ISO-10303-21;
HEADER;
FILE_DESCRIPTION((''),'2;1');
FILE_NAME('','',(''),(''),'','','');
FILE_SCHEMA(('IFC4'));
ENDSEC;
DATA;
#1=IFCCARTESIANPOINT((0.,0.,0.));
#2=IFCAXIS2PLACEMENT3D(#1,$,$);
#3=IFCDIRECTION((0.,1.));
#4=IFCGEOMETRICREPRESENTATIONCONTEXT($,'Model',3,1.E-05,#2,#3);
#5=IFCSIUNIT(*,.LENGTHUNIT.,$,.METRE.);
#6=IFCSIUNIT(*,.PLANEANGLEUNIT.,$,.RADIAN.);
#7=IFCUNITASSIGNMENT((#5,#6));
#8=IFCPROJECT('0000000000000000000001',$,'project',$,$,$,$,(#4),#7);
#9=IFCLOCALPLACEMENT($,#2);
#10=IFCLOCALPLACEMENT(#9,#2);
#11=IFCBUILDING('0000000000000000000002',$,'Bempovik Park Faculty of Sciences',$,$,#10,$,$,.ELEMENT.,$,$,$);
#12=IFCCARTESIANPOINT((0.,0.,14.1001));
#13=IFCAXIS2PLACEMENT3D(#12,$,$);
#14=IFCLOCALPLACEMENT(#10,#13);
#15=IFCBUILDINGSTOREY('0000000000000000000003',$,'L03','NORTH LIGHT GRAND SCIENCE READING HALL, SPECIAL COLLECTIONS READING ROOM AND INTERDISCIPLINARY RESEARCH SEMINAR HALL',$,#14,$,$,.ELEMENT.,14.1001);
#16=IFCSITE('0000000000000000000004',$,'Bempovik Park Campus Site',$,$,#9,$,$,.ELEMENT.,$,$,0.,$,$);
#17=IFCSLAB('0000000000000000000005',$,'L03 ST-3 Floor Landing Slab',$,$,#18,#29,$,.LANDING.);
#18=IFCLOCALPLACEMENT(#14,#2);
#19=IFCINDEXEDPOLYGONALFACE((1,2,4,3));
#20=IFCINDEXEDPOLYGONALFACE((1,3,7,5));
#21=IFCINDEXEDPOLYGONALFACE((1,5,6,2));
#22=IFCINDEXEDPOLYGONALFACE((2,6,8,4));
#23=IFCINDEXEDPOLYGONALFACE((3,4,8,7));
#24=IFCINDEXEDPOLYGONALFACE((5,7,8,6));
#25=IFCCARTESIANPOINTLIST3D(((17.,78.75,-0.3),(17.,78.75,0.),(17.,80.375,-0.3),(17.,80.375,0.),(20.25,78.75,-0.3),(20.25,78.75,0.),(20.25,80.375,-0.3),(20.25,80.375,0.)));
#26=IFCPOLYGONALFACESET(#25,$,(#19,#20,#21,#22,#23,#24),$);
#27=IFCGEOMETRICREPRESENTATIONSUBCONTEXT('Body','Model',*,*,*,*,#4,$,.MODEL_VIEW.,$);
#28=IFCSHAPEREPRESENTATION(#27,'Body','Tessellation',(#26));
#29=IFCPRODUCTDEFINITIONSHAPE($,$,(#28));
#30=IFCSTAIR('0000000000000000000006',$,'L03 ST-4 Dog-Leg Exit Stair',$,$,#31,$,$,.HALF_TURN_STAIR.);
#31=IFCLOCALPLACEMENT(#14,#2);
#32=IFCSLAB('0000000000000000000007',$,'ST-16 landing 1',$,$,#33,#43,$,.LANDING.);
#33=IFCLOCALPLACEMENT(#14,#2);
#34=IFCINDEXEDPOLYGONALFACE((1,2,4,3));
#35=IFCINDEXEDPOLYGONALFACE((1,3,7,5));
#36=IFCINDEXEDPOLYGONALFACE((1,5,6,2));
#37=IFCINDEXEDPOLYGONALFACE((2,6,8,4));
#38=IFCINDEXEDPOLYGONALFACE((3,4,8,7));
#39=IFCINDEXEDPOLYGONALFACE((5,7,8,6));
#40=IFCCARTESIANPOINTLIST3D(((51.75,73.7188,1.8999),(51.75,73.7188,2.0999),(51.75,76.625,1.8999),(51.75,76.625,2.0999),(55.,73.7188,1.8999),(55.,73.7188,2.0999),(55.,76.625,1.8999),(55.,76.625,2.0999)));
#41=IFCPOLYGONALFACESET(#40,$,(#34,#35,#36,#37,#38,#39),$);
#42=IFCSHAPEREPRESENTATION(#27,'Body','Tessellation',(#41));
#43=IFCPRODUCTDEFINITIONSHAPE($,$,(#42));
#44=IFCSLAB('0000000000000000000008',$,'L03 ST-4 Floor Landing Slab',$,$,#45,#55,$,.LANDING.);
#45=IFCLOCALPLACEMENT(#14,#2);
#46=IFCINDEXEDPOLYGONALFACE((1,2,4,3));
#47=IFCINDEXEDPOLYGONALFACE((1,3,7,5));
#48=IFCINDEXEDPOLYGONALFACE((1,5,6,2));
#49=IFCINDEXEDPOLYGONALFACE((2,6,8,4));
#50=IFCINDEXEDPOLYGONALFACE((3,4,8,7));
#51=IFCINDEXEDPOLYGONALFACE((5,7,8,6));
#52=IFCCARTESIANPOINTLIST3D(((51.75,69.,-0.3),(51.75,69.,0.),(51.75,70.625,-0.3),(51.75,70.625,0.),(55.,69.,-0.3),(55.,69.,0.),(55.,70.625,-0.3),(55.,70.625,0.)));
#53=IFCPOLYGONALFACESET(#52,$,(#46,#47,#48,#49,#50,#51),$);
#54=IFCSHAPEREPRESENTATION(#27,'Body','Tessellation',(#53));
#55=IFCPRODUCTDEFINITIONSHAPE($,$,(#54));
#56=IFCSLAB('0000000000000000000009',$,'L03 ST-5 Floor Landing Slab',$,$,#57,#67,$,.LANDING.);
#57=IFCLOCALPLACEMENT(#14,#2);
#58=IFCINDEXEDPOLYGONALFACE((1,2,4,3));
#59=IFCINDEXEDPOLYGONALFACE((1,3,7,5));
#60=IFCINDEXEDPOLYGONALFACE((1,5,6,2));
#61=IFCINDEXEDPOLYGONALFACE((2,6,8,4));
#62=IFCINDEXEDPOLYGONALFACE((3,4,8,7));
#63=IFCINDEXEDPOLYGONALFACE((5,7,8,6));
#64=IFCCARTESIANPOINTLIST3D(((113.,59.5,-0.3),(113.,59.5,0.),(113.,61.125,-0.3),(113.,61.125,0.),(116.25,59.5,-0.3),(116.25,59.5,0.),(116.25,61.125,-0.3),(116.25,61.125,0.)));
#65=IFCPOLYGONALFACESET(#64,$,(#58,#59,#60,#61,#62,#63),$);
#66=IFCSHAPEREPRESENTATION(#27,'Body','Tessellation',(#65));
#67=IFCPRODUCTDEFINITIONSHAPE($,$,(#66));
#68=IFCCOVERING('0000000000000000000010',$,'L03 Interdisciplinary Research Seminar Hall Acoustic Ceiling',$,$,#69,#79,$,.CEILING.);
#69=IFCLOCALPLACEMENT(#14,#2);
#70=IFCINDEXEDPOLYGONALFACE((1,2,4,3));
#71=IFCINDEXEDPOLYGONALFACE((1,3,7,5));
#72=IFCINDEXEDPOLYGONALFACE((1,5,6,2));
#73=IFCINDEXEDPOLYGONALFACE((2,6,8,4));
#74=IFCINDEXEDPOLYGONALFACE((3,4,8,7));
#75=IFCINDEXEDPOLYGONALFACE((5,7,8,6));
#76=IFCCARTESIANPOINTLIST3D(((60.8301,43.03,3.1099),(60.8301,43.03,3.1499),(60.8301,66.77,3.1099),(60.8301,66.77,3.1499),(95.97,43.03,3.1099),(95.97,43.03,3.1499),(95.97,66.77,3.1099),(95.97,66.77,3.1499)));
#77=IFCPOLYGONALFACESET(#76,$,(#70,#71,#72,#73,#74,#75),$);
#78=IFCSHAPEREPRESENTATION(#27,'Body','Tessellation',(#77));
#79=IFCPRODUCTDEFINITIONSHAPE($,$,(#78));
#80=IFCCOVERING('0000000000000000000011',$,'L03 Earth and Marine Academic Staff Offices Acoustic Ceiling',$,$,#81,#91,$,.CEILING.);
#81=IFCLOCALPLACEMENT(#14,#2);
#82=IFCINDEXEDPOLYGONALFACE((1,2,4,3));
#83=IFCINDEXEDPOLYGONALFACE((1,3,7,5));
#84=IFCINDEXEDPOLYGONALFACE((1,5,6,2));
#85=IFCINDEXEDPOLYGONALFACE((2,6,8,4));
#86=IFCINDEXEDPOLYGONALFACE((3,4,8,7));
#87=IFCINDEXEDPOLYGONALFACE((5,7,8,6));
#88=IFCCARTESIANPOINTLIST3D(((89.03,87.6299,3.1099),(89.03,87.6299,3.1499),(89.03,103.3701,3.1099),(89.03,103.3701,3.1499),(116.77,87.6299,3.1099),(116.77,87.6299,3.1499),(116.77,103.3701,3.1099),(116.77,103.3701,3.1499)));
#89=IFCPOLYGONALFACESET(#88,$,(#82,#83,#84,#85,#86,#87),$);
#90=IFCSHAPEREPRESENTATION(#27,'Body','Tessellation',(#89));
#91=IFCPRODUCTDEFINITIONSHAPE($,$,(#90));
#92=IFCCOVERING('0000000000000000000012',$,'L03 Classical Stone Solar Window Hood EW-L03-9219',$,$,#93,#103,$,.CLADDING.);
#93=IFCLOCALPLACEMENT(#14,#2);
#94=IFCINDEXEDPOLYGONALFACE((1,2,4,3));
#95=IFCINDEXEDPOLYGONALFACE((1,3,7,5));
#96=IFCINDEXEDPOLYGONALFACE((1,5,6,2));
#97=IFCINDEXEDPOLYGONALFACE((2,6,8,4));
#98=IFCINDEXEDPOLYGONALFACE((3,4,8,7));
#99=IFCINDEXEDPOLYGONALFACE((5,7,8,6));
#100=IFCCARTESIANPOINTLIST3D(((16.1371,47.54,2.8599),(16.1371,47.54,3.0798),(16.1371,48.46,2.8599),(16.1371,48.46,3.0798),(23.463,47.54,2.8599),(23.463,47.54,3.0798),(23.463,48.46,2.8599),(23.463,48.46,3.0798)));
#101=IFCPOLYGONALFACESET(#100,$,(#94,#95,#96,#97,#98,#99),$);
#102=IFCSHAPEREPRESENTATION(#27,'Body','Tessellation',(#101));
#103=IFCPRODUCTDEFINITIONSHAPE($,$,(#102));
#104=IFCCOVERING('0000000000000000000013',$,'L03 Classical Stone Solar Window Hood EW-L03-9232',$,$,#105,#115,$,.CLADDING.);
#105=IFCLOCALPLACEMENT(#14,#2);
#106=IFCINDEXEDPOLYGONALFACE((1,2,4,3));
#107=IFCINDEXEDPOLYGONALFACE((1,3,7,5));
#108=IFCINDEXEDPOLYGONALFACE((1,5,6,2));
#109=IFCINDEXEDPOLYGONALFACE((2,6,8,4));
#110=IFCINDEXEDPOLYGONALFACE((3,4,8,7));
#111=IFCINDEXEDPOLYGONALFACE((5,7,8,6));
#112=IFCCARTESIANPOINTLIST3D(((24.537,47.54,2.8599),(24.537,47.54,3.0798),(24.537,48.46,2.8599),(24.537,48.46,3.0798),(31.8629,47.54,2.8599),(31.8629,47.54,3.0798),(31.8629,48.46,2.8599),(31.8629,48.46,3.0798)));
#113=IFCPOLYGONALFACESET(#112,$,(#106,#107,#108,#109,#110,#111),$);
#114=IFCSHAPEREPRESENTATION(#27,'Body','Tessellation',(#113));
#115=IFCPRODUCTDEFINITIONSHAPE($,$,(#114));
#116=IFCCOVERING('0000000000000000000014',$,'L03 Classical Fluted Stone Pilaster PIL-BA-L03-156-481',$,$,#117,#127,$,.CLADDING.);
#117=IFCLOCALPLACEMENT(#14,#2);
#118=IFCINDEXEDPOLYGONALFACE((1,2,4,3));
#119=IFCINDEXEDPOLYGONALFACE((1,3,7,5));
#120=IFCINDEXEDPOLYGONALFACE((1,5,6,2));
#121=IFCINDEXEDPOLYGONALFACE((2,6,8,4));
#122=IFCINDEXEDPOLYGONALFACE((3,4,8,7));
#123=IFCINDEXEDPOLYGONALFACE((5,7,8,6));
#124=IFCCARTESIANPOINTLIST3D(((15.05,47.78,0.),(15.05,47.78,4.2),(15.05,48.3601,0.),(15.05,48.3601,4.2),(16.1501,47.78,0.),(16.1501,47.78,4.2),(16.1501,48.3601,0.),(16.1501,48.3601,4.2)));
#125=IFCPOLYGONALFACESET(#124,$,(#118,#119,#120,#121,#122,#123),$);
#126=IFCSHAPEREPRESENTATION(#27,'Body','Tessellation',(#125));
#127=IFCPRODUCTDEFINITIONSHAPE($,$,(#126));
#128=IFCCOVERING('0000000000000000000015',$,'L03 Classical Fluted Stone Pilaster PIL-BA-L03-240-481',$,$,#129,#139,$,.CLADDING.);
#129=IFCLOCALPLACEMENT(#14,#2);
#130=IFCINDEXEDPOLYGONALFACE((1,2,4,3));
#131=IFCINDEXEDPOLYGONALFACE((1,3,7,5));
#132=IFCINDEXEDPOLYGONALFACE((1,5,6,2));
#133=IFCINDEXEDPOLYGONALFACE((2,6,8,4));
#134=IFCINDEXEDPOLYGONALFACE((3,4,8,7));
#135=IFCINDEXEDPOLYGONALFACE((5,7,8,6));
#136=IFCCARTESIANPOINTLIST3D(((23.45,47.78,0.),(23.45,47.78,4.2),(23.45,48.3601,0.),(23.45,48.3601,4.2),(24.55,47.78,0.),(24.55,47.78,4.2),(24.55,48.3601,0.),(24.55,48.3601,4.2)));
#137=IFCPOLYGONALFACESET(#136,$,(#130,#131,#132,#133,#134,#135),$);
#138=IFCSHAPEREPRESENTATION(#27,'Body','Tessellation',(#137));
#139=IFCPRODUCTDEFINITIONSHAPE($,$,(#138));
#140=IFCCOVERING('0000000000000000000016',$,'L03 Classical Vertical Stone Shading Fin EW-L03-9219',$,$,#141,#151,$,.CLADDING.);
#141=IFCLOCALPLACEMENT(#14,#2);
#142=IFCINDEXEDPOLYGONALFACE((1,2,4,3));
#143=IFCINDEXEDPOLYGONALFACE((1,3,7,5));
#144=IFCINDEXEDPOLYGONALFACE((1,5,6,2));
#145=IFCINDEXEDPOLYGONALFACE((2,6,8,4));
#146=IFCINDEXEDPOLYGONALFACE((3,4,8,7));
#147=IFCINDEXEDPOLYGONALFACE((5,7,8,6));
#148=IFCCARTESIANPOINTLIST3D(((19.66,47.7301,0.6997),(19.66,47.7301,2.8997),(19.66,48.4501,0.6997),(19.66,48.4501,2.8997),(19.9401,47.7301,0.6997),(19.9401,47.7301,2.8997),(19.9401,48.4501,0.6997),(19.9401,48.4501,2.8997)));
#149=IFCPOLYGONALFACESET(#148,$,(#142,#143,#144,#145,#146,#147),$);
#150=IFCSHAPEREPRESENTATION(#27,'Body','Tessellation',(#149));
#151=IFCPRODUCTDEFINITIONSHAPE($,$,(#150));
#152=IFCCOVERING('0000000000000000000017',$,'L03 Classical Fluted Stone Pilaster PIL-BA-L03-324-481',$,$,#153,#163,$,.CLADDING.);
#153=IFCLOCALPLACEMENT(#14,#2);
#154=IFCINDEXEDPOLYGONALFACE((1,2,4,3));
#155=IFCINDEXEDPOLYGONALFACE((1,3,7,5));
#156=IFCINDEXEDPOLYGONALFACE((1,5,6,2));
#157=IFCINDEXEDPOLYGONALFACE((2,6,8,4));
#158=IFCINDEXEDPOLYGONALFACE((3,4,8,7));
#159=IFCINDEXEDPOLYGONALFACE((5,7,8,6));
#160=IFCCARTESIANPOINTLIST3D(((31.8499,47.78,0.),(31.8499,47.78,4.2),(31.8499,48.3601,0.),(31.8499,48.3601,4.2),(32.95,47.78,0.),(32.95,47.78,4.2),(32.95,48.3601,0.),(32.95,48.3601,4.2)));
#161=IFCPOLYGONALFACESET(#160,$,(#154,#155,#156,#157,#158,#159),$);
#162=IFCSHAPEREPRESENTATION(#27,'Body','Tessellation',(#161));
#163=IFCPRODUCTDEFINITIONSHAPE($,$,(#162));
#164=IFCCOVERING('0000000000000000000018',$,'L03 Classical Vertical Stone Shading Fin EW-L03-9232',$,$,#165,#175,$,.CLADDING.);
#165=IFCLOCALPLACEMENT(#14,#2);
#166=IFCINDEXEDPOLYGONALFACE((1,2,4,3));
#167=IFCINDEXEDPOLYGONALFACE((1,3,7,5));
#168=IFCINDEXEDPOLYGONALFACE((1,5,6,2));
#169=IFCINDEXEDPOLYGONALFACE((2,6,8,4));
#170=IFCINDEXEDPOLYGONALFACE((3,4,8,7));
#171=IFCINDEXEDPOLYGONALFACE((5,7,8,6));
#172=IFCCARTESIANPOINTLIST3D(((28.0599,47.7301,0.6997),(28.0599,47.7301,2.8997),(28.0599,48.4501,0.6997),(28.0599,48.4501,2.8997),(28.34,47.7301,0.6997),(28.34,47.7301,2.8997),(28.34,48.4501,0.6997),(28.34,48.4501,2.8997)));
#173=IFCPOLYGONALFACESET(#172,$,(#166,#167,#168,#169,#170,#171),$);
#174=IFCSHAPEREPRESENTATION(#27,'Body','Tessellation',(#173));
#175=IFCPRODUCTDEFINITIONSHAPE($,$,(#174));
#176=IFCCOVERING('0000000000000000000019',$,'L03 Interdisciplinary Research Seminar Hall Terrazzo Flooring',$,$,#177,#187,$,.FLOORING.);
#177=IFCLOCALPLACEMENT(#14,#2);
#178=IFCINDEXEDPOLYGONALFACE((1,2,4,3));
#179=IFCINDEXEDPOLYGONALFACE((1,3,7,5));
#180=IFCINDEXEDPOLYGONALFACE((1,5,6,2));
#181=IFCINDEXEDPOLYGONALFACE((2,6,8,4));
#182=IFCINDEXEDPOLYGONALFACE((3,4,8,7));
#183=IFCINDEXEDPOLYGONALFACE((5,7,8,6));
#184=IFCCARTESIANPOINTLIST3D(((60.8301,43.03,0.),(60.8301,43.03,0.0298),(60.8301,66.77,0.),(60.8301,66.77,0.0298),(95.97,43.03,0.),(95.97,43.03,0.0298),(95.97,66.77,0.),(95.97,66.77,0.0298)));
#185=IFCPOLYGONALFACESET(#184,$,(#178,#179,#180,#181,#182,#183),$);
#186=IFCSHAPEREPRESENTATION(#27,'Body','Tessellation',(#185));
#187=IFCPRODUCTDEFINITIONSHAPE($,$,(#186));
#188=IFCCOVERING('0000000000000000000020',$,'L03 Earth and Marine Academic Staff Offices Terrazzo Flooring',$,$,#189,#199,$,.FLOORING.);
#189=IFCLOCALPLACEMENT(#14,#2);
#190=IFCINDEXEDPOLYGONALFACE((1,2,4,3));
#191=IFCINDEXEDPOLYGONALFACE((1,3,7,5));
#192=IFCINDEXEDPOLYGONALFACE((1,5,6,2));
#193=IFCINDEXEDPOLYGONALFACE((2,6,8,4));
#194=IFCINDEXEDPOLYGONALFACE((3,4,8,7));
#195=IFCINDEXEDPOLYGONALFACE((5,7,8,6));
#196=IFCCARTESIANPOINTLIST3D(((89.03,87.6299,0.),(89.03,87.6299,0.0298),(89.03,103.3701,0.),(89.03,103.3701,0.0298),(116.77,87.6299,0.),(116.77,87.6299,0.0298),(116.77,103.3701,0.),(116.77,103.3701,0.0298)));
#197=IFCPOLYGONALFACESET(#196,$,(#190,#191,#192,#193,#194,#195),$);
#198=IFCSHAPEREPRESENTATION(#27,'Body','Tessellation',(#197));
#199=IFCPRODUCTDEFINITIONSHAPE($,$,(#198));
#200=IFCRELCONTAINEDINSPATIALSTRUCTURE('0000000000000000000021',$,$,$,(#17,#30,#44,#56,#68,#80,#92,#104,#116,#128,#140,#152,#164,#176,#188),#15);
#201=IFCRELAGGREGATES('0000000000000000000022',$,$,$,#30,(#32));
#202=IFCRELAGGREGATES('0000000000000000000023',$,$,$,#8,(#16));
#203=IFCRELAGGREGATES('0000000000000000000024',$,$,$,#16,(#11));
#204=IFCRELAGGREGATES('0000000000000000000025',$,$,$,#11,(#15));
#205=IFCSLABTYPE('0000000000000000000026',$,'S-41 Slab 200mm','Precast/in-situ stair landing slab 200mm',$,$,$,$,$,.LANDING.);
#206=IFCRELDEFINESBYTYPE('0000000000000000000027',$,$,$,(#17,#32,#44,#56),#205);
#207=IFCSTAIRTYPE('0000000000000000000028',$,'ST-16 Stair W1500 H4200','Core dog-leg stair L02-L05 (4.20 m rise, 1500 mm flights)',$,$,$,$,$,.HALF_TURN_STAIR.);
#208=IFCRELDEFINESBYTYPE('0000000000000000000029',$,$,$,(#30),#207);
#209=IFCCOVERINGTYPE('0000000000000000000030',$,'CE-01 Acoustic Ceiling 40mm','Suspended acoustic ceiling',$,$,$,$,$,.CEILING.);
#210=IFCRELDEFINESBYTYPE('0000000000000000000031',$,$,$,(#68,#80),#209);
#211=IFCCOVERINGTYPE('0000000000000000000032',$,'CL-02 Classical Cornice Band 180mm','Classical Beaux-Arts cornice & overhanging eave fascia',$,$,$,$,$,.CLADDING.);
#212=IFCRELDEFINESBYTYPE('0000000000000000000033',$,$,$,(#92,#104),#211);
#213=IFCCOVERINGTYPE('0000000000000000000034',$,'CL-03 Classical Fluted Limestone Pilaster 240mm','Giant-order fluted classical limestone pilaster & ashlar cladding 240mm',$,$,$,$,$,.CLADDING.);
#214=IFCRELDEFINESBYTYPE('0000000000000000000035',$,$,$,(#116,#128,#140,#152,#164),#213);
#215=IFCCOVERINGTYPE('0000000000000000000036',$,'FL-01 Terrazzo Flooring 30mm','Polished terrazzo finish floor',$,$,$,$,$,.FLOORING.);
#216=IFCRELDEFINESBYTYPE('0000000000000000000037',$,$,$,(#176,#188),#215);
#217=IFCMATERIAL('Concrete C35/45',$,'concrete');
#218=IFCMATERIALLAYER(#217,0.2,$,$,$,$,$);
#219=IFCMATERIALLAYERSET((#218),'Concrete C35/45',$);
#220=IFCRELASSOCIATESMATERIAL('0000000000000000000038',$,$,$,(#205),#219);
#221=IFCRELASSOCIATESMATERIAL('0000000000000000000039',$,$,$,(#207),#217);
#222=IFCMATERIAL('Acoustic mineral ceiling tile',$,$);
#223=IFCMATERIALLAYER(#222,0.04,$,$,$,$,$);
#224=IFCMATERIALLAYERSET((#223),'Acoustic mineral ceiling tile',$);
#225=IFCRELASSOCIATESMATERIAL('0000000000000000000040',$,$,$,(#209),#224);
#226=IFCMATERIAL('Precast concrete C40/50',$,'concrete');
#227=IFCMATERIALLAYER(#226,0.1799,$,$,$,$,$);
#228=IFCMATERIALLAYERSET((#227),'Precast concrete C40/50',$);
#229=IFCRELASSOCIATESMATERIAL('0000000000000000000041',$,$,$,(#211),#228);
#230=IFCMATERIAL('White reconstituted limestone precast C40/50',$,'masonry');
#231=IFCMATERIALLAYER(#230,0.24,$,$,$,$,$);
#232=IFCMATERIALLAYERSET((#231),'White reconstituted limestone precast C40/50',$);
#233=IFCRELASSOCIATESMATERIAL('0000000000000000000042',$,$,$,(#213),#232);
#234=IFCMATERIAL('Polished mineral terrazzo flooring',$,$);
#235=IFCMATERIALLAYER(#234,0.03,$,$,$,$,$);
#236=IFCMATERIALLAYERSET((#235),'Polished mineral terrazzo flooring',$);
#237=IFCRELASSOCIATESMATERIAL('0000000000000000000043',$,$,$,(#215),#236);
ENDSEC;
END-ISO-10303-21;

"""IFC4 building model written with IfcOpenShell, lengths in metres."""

from ifc_helpers import new_model, si_unit, direction, frame, origin, origin_2d, place, context, subcontext, project, spatial, polyline, rectangle, outline, extrude, material, layer, layer_set, type_object, element, aggregate, save


model = new_model("IFC4")

# Units and contexts
model_context = context("Model", 3, precision=1e-05, world=origin(), true_north=direction((0.0, 1.0)))
body_context = subcontext(model_context, "Body", "Model", "MODEL_VIEW")
ifc_project = project(units=[si_unit("LENGTHUNIT", "METRE"), si_unit("PLANEANGLEUNIT", "RADIAN")], contexts=[model_context])

# Site, building, storey
site_placement = place(None, origin())
site = spatial("IfcSite", under=ifc_project, at=site_placement, Name="Bempovik Park Campus Site", CompositionType="ELEMENT", RefElevation=0.0)
building_placement = place(site_placement, origin())
building = spatial("IfcBuilding", under=site, at=building_placement, Name="Bempovik Park Faculty of Sciences", CompositionType="ELEMENT")
storey_placement = place(building_placement, frame((0.0, 0.0, 14.1001)))
storey = spatial("IfcBuildingStorey", under=building, at=storey_placement, Name="L03", Description="NORTH LIGHT GRAND SCIENCE READING HALL, SPECIAL COLLECTIONS READING ROOM AND INTERDISCIPLINARY RESEARCH SEMINAR HALL", CompositionType="ELEMENT", Elevation=14.1001)

# Slab
ifc_material_1 = material(Name="Concrete C35/45", Category="concrete")
ifc_layer_1 = layer(ifc_material_1, 0.2)
ifc_layer_set_1 = layer_set([ifc_layer_1], Name="Concrete C35/45")
slab_type = type_object("IfcSlabType", Name="S-41 Slab 200mm", Description="Precast/in-situ stair landing slab 200mm", PredefinedType="LANDING", material=ifc_layer_set_1)
slab_1_placement = place(storey_placement, frame((0.0, 0.0, -0.3)))
element("IfcSlab", 1, at=slab_1_placement, inside=storey, type_object=slab_type, Name="L03 ST-3 Floor Landing Slab", PredefinedType="LANDING", context=body_context, shape_type="SweptSolid", body=[
    extrude(outline(polyline([(20.25, 78.75), (20.25, 80.375), (17.0, 80.375), (17.0, 78.75), (20.25, 78.75)])), origin(), (0.0, 0.0, 1.0), 0.3),
])

# Stair, slab
stair_type = type_object("IfcStairType", Name="ST-16 Stair W1500 H4200", Description="Core dog-leg stair L02-L05 (4.20 m rise, 1500 mm flights)", PredefinedType="HALF_TURN_STAIR", material=ifc_material_1)
stair_placement = place(storey_placement, origin())
stair = element("IfcStair", 2, at=stair_placement, inside=storey, type_object=stair_type, Name="L03 ST-4 Dog-Leg Exit Stair", PredefinedType="HALF_TURN_STAIR")
slab_2_placement = place(storey_placement, frame((0.0, 0.0, 1.8999)))
slab_2 = element("IfcSlab", 3, at=slab_2_placement, type_object=slab_type, Name="ST-16 landing 1", PredefinedType="LANDING", context=body_context, shape_type="SweptSolid", body=[
    extrude(outline(polyline([(55.0, 73.7188), (55.0, 76.625), (51.75, 76.625), (51.75, 73.7188), (55.0, 73.7188)])), origin(), (0.0, 0.0, 1.0), 0.2),
])
aggregate(stair, [slab_2])

# Slabs
slab_3_placement = place(storey_placement, frame((0.0, 0.0, -0.3)))
element("IfcSlab", 4, at=slab_3_placement, inside=storey, type_object=slab_type, Name="L03 ST-4 Floor Landing Slab", PredefinedType="LANDING", context=body_context, shape_type="SweptSolid", body=[
    extrude(outline(polyline([(55.0, 69.0), (55.0, 70.625), (51.75, 70.625), (51.75, 69.0), (55.0, 69.0)])), origin(), (0.0, 0.0, 1.0), 0.3),
])
slab_4_placement = place(storey_placement, frame((0.0, 0.0, -0.3)))
element("IfcSlab", 5, at=slab_4_placement, inside=storey, type_object=slab_type, Name="L03 ST-5 Floor Landing Slab", PredefinedType="LANDING", context=body_context, shape_type="SweptSolid", body=[
    extrude(outline(polyline([(116.25, 59.5), (116.25, 61.125), (113.0, 61.125), (113.0, 59.5), (116.25, 59.5)])), origin(), (0.0, 0.0, 1.0), 0.3),
])

# Coverings
ifc_material_2 = material(Name="Acoustic mineral ceiling tile")
ifc_layer_2 = layer(ifc_material_2, 0.04)
ifc_layer_set_2 = layer_set([ifc_layer_2], Name="Acoustic mineral ceiling tile")
covering_type_1 = type_object("IfcCoveringType", Name="CE-01 Acoustic Ceiling 40mm", Description="Suspended acoustic ceiling", PredefinedType="CEILING", material=ifc_layer_set_2)
covering_1_placement = place(storey_placement, frame((0.0, 0.0, 3.1099)))
element("IfcCovering", 6, at=covering_1_placement, inside=storey, type_object=covering_type_1, Name="L03 Interdisciplinary Research Seminar Hall Acoustic Ceiling", PredefinedType="CEILING", context=body_context, shape_type="SweptSolid", body=[
    extrude(outline(polyline([(60.8301, 43.03), (95.97, 43.03), (95.97, 66.77), (60.8301, 66.77), (60.8301, 43.03)])), origin(), (0.0, 0.0, 1.0), 0.04),
])
covering_2_placement = place(storey_placement, frame((0.0, 0.0, 3.1099)))
element("IfcCovering", 7, at=covering_2_placement, inside=storey, type_object=covering_type_1, Name="L03 Earth and Marine Academic Staff Offices Acoustic Ceiling", PredefinedType="CEILING", context=body_context, shape_type="SweptSolid", body=[
    extrude(outline(polyline([(89.03, 87.6299), (116.77, 87.6299), (116.77, 103.3701), (89.03, 103.3701), (89.03, 87.6299)])), origin(), (0.0, 0.0, 1.0), 0.04),
])
ifc_material_3 = material(Name="Precast concrete C40/50", Category="concrete")
ifc_layer_3 = layer(ifc_material_3, 0.1799)
ifc_layer_set_3 = layer_set([ifc_layer_3], Name="Precast concrete C40/50")
covering_type_2 = type_object("IfcCoveringType", Name="CL-02 Classical Cornice Band 180mm", Description="Classical Beaux-Arts cornice & overhanging eave fascia", PredefinedType="CLADDING", material=ifc_layer_set_3)
for number, where, z_axis, x_axis, name in (
    (8, (19.8, 48.0, 2.8599), (0.0, 0.0, 1.0), (1.0, 0.0, 0.0), "L03 Classical Stone Solar Window Hood EW-L03-9219"),
    (9, (28.2, 48.0, 2.8599), (0.0, 0.0, 1.0), (1.0, 0.0, 0.0), "L03 Classical Stone Solar Window Hood EW-L03-9232"),
):
    element("IfcCovering", number, at=place(storey_placement, frame(where, z_axis=z_axis, x_axis=x_axis)), inside=storey, type_object=covering_type_2, Name=name, PredefinedType="CLADDING", context=body_context, shape_type="SweptSolid", body=[
        extrude(rectangle(XDim=7.3259, YDim=0.9199, at=origin_2d()), origin(), (0.0, 0.0, 1.0), 0.22),
    ])
ifc_material_4 = material(Name="White reconstituted limestone precast C40/50", Category="masonry")
ifc_layer_4 = layer(ifc_material_4, 0.24)
ifc_layer_set_4 = layer_set([ifc_layer_4], Name="White reconstituted limestone precast C40/50")
covering_type_3 = type_object("IfcCoveringType", Name="CL-03 Classical Fluted Limestone Pilaster 240mm", Description="Giant-order fluted classical limestone pilaster & ashlar cladding 240mm", PredefinedType="CLADDING", material=ifc_layer_set_4)
for number, where, z_axis, x_axis, name in (
    (10, (15.6001, 48.0701, 0.0), (0.0, 0.0, 1.0), (1.0, 0.0, 0.0), "L03 Classical Fluted Stone Pilaster PIL-BA-L03-156-481"),
    (11, (24.0, 48.0701, 0.0), (0.0, 0.0, 1.0), (1.0, 0.0, 0.0), "L03 Classical Fluted Stone Pilaster PIL-BA-L03-240-481"),
):
    element("IfcCovering", number, at=place(storey_placement, frame(where, z_axis=z_axis, x_axis=x_axis)), inside=storey, type_object=covering_type_3, Name=name, PredefinedType="CLADDING", context=body_context, shape_type="SweptSolid", body=[
        extrude(rectangle(XDim=1.1001, YDim=0.5801, at=origin_2d()), origin(), (0.0, 0.0, 1.0), 4.2),
    ])
covering_3_placement = place(storey_placement, frame((19.8, 48.0901, 0.6997), z_axis=(0.0, 0.0, 1.0), x_axis=(1.0, 0.0, 0.0)))
element("IfcCovering", 12, at=covering_3_placement, inside=storey, type_object=covering_type_3, Name="L03 Classical Vertical Stone Shading Fin EW-L03-9219", PredefinedType="CLADDING", context=body_context, shape_type="SweptSolid", body=[
    extrude(rectangle(XDim=0.28, YDim=0.72, at=origin_2d()), origin(), (0.0, 0.0, 1.0), 2.2),
])
covering_4_placement = place(storey_placement, frame((32.3999, 48.0701, 0.0), z_axis=(0.0, 0.0, 1.0), x_axis=(1.0, 0.0, 0.0)))
element("IfcCovering", 13, at=covering_4_placement, inside=storey, type_object=covering_type_3, Name="L03 Classical Fluted Stone Pilaster PIL-BA-L03-324-481", PredefinedType="CLADDING", context=body_context, shape_type="SweptSolid", body=[
    extrude(rectangle(XDim=1.1001, YDim=0.5801, at=origin_2d()), origin(), (0.0, 0.0, 1.0), 4.2),
])
covering_5_placement = place(storey_placement, frame((28.2, 48.0901, 0.6997), z_axis=(0.0, 0.0, 1.0), x_axis=(1.0, 0.0, 0.0)))
element("IfcCovering", 14, at=covering_5_placement, inside=storey, type_object=covering_type_3, Name="L03 Classical Vertical Stone Shading Fin EW-L03-9232", PredefinedType="CLADDING", context=body_context, shape_type="SweptSolid", body=[
    extrude(rectangle(XDim=0.28, YDim=0.72, at=origin_2d()), origin(), (0.0, 0.0, 1.0), 2.2),
])
ifc_material_5 = material(Name="Polished mineral terrazzo flooring")
ifc_layer_5 = layer(ifc_material_5, 0.03)
ifc_layer_set_5 = layer_set([ifc_layer_5], Name="Polished mineral terrazzo flooring")
covering_type_4 = type_object("IfcCoveringType", Name="FL-01 Terrazzo Flooring 30mm", Description="Polished terrazzo finish floor", PredefinedType="FLOORING", material=ifc_layer_set_5)
covering_6_placement = place(storey_placement, origin())
element("IfcCovering", 15, at=covering_6_placement, inside=storey, type_object=covering_type_4, Name="L03 Interdisciplinary Research Seminar Hall Terrazzo Flooring", PredefinedType="FLOORING", context=body_context, shape_type="SweptSolid", body=[
    extrude(outline(polyline([(60.8301, 43.03), (95.97, 43.03), (95.97, 66.77), (60.8301, 66.77), (60.8301, 43.03)])), origin(), (0.0, 0.0, 1.0), 0.0298),
])
covering_7_placement = place(storey_placement, origin())
element("IfcCovering", 16, at=covering_7_placement, inside=storey, type_object=covering_type_4, Name="L03 Earth and Marine Academic Staff Offices Terrazzo Flooring", PredefinedType="FLOORING", context=body_context, shape_type="SweptSolid", body=[
    extrude(outline(polyline([(89.03, 87.6299), (116.77, 87.6299), (116.77, 103.3701), (89.03, 103.3701), (89.03, 87.6299)])), origin(), (0.0, 0.0, 1.0), 0.0298),
])

save(model, "model.ifc")
